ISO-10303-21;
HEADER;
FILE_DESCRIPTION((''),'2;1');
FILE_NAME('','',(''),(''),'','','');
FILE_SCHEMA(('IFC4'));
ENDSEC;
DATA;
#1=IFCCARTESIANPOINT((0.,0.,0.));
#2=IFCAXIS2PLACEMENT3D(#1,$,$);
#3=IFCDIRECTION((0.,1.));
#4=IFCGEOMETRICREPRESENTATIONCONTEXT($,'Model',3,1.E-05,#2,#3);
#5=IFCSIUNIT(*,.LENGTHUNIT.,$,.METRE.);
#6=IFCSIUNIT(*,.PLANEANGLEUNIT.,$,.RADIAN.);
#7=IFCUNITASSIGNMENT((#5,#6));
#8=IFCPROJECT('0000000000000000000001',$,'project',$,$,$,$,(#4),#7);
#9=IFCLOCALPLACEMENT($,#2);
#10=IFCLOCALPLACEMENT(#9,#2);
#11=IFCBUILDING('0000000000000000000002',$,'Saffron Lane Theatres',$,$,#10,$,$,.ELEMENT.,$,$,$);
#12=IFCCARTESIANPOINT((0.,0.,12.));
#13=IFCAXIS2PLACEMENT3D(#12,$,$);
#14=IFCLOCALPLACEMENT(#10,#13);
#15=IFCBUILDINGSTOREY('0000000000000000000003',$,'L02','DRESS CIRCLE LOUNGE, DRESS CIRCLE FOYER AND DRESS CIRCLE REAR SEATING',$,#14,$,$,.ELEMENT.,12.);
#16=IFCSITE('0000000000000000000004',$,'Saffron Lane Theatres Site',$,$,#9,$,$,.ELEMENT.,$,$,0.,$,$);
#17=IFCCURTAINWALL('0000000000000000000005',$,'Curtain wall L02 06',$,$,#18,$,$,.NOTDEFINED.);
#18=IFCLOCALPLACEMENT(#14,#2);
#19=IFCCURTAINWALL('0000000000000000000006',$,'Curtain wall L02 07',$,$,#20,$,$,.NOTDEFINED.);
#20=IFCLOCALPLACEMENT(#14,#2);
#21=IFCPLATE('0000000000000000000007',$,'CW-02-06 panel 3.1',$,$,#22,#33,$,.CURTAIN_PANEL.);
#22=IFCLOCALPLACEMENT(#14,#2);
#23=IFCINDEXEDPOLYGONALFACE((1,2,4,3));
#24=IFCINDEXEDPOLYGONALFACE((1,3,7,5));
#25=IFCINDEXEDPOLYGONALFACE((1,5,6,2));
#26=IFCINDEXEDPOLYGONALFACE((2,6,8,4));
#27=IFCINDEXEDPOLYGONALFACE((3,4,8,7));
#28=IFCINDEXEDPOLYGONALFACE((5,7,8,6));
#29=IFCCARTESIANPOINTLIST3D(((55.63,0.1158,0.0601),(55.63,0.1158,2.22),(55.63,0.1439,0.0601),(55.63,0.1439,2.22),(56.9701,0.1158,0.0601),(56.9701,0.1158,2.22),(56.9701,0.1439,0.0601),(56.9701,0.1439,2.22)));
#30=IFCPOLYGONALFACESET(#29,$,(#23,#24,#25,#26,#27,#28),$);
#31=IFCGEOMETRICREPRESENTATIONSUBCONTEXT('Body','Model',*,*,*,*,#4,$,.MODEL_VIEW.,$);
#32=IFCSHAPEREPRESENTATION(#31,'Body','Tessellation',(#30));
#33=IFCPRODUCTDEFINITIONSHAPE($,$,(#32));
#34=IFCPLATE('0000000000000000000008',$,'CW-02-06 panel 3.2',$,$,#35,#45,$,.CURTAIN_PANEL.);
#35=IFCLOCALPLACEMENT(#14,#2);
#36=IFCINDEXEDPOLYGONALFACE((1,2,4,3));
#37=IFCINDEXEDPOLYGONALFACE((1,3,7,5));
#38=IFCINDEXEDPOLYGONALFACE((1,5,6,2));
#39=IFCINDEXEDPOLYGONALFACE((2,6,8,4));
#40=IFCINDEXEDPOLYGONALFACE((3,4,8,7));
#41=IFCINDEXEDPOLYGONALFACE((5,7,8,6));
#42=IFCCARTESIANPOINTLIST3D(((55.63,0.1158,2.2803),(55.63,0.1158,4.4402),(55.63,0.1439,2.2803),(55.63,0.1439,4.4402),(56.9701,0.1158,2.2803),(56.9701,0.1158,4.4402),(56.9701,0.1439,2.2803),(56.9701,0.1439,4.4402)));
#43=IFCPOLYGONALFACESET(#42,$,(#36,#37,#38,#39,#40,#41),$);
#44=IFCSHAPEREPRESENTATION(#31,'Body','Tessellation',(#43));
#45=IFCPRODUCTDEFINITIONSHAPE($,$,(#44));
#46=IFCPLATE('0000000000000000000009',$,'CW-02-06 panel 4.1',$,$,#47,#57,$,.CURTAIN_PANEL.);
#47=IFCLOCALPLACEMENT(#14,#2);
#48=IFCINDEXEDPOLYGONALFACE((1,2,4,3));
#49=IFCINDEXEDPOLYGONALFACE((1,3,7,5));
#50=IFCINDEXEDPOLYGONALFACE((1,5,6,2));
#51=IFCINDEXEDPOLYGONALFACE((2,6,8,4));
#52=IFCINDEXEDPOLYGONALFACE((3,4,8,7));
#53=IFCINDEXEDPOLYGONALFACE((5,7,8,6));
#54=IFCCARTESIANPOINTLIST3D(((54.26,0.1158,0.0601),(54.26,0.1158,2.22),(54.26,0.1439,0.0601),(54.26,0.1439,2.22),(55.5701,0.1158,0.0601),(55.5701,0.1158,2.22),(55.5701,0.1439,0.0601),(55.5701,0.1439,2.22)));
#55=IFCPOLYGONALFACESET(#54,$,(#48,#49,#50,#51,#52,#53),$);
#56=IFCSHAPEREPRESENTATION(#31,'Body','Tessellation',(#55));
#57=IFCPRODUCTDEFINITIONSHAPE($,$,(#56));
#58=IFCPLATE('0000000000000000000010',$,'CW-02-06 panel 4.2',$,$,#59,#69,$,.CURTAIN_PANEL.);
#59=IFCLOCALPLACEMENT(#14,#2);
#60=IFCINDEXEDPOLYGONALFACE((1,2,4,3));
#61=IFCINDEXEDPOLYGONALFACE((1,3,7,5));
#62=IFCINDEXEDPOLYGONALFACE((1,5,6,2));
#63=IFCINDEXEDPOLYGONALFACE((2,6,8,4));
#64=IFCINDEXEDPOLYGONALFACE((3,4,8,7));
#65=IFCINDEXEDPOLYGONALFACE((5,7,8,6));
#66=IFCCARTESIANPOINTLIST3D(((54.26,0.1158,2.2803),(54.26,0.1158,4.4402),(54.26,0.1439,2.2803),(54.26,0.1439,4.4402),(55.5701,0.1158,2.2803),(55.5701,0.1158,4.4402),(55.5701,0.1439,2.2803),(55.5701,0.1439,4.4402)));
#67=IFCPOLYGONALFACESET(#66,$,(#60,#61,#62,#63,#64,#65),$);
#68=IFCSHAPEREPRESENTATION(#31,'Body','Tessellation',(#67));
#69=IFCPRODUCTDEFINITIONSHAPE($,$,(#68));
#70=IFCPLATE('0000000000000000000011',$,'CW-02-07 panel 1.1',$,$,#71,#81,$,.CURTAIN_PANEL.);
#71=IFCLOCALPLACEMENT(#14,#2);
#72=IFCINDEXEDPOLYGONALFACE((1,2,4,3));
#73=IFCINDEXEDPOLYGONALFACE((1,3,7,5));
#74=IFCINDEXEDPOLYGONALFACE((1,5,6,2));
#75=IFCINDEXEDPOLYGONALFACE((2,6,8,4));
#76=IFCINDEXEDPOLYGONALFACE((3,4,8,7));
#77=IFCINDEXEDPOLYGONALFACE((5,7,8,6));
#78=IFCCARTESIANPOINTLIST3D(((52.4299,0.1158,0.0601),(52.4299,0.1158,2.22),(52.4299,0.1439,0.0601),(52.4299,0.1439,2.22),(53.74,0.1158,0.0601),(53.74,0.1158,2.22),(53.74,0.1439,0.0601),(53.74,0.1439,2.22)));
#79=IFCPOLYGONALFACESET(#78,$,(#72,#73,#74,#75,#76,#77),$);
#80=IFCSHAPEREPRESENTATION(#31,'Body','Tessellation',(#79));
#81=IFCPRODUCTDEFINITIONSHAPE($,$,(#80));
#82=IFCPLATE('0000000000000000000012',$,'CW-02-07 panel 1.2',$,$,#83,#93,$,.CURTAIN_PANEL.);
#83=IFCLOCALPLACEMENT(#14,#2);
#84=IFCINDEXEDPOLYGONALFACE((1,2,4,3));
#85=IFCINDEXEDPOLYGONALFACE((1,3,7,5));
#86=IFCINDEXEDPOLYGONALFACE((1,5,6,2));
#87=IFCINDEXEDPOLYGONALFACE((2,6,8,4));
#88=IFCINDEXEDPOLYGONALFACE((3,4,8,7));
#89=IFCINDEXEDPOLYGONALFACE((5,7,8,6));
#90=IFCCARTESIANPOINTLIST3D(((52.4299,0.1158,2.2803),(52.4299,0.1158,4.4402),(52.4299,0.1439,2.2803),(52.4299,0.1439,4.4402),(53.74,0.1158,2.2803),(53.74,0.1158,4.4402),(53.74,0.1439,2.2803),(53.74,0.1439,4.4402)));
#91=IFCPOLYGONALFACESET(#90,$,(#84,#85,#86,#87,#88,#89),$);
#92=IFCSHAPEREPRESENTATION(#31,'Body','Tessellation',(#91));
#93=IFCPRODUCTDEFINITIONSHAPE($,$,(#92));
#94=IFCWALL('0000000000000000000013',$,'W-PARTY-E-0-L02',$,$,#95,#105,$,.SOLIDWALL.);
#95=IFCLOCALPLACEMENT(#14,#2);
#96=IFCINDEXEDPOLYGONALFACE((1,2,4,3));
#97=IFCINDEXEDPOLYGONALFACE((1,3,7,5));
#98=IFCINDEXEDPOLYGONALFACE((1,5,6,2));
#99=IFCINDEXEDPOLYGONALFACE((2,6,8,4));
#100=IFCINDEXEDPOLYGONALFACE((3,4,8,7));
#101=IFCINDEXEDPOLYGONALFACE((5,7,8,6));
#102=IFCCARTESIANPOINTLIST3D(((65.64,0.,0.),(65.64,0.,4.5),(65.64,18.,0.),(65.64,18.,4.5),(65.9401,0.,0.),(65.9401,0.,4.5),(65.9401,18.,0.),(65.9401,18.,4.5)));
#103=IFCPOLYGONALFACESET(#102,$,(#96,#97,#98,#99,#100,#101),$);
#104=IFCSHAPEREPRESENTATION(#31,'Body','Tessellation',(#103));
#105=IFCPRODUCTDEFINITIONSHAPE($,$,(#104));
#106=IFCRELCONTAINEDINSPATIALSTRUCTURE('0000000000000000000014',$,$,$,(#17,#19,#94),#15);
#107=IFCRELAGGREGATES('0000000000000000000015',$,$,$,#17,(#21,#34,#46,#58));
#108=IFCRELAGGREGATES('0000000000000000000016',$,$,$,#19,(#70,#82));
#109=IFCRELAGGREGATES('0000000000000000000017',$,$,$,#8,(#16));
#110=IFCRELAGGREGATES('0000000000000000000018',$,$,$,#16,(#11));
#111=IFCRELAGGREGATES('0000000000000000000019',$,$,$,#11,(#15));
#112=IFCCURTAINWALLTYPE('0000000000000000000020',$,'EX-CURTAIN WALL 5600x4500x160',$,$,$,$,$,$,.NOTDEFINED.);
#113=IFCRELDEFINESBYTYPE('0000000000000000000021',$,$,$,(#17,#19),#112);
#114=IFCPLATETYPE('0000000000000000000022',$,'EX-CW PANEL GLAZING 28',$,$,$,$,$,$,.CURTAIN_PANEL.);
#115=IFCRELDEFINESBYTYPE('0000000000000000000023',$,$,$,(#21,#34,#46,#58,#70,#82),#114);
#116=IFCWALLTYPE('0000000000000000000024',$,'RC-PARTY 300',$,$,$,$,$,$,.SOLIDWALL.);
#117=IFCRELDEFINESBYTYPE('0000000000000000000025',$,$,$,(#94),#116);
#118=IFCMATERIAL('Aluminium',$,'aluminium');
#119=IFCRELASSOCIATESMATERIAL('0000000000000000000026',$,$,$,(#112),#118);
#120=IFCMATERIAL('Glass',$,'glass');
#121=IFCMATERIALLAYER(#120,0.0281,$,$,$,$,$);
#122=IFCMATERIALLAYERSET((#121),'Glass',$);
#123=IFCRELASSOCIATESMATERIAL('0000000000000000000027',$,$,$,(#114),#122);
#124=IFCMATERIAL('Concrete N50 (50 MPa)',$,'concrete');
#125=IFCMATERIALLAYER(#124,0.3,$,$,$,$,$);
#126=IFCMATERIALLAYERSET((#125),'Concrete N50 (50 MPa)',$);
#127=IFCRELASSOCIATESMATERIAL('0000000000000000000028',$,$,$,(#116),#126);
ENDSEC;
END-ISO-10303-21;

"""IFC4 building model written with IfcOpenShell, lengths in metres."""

from ifc_helpers import new_model, si_unit, direction, frame, frame_2d, origin, origin_2d, place, context, subcontext, project, spatial, rectangle, extrude, material, layer, layer_set, type_object, element, aggregate, save


model = new_model("IFC4")

# Units and contexts
model_context = context("Model", 3, precision=1e-05, world=origin(), true_north=direction((0.0, 1.0)))
body_context = subcontext(model_context, "Body", "Model", "MODEL_VIEW")
ifc_project = project(units=[si_unit("LENGTHUNIT", "METRE"), si_unit("PLANEANGLEUNIT", "RADIAN")], contexts=[model_context])

# Site, building, storey
site_placement = place(None, origin())
site = spatial("IfcSite", under=ifc_project, at=site_placement, Name="Saffron Lane Theatres Site", CompositionType="ELEMENT", RefElevation=0.0)
building_placement = place(site_placement, origin())
building = spatial("IfcBuilding", under=site, at=building_placement, Name="Saffron Lane Theatres", CompositionType="ELEMENT")
storey_placement = place(building_placement, frame((0.0, 0.0, 12.0)))
storey = spatial("IfcBuildingStorey", under=building, at=storey_placement, Name="L02", Description="DRESS CIRCLE LOUNGE, DRESS CIRCLE FOYER AND DRESS CIRCLE REAR SEATING", CompositionType="ELEMENT", Elevation=12.0)

# Curtain walls
ifc_material_1 = material(Name="Aluminium", Category="aluminium")
curtain_wall_type_1 = type_object("IfcCurtainWallType", Name="EX-CURTAIN WALL 5600x4500x160", PredefinedType="NOTDEFINED", material=ifc_material_1)
curtain_wall_1_placement = place(storey_placement, origin())
curtain_wall_1 = element("IfcCurtainWall", 1, at=curtain_wall_1_placement, inside=storey, type_object=curtain_wall_type_1, Name="Curtain wall L02 06", PredefinedType="NOTDEFINED")
curtain_wall_2_placement = place(storey_placement, origin())
curtain_wall_2 = element("IfcCurtainWall", 2, at=curtain_wall_2_placement, inside=storey, type_object=curtain_wall_type_1, Name="Curtain wall L02 07", PredefinedType="NOTDEFINED")

# Plates
ifc_material_2 = material(Name="Glass", Category="glass")
ifc_layer_1 = layer(ifc_material_2, 0.0281)
ifc_layer_set_1 = layer_set([ifc_layer_1], Name="Glass")
plate_type = type_object("IfcPlateType", Name="EX-CW PANEL GLAZING 28", PredefinedType="CURTAIN_PANEL", material=ifc_layer_set_1)
plate_1_placement = place(storey_placement, frame((56.3, 0.1299, 0.0601), z_axis=(0.0, 0.0, 1.0), x_axis=(-1.0, 0.0, 0.0)))
plate_1 = element("IfcPlate", 3, at=plate_1_placement, type_object=plate_type, Name="CW-02-06 panel 3.1", PredefinedType="CURTAIN_PANEL", context=body_context, shape_type="SweptSolid", body=[
    extrude(rectangle(XDim=1.3401, YDim=0.0281, at=origin_2d()), origin(), (0.0, 0.0, 1.0), 2.1599),
])
plate_2_placement = place(storey_placement, frame((56.3, 0.1299, 2.2803), z_axis=(0.0, 0.0, 1.0), x_axis=(-1.0, 0.0, 0.0)))
plate_2 = element("IfcPlate", 4, at=plate_2_placement, type_object=plate_type, Name="CW-02-06 panel 3.2", PredefinedType="CURTAIN_PANEL", context=body_context, shape_type="SweptSolid", body=[
    extrude(rectangle(XDim=1.3401, YDim=0.0281, at=origin_2d()), origin(), (0.0, 0.0, 1.0), 2.1599),
])
plate_3_placement = place(storey_placement, frame((54.915, 0.1299, 0.0601), z_axis=(0.0, 0.0, 1.0), x_axis=(-1.0, 0.0, 0.0)))
plate_3 = element("IfcPlate", 5, at=plate_3_placement, type_object=plate_type, Name="CW-02-06 panel 4.1", PredefinedType="CURTAIN_PANEL", context=body_context, shape_type="SweptSolid", body=[
    extrude(rectangle(XDim=1.3101, YDim=0.0281, at=origin_2d()), origin(), (0.0, 0.0, 1.0), 2.1599),
])
plate_4_placement = place(storey_placement, frame((54.915, 0.1299, 2.2803), z_axis=(0.0, 0.0, 1.0), x_axis=(-1.0, 0.0, 0.0)))
plate_4 = element("IfcPlate", 6, at=plate_4_placement, type_object=plate_type, Name="CW-02-06 panel 4.2", PredefinedType="CURTAIN_PANEL", context=body_context, shape_type="SweptSolid", body=[
    extrude(rectangle(XDim=1.3101, YDim=0.0281, at=origin_2d()), origin(), (0.0, 0.0, 1.0), 2.1599),
])
aggregate(curtain_wall_1, [plate_1, plate_2, plate_3, plate_4])
plate_5_placement = place(storey_placement, frame((53.085, 0.1299, 0.0601), z_axis=(0.0, 0.0, 1.0), x_axis=(-1.0, 0.0, 0.0)))
plate_5 = element("IfcPlate", 7, at=plate_5_placement, type_object=plate_type, Name="CW-02-07 panel 1.1", PredefinedType="CURTAIN_PANEL", context=body_context, shape_type="SweptSolid", body=[
    extrude(rectangle(XDim=1.3101, YDim=0.0281, at=origin_2d()), origin(), (0.0, 0.0, 1.0), 2.1599),
])
plate_6_placement = place(storey_placement, frame((53.085, 0.1299, 2.2803), z_axis=(0.0, 0.0, 1.0), x_axis=(-1.0, 0.0, 0.0)))
plate_6 = element("IfcPlate", 8, at=plate_6_placement, type_object=plate_type, Name="CW-02-07 panel 1.2", PredefinedType="CURTAIN_PANEL", context=body_context, shape_type="SweptSolid", body=[
    extrude(rectangle(XDim=1.3101, YDim=0.0281, at=origin_2d()), origin(), (0.0, 0.0, 1.0), 2.1599),
])
aggregate(curtain_wall_2, [plate_5, plate_6])

# Wall
ifc_material_3 = material(Name="Concrete N50 (50 MPa)", Category="concrete")
ifc_layer_2 = layer(ifc_material_3, 0.3)
ifc_layer_set_2 = layer_set([ifc_layer_2], Name="Concrete N50 (50 MPa)")
wall_type = type_object("IfcWallType", Name="RC-PARTY 300", PredefinedType="SOLIDWALL", material=ifc_layer_set_2)
wall_placement = place(storey_placement, frame((65.79, 0.0, 0.0), z_axis=(0.0, 0.0, 1.0), x_axis=(0.0, 1.0, 0.0)))
element("IfcWall", 9, at=wall_placement, inside=storey, type_object=wall_type, Name="W-PARTY-E-0-L02", PredefinedType="SOLIDWALL", context=body_context, shape_type="SweptSolid", body=[
    extrude(rectangle(XDim=18.0, YDim=0.3, at=frame_2d((9.0, 0.0))), origin(), (0.0, 0.0, 1.0), 4.5),
])

save(model, "model.ifc")
